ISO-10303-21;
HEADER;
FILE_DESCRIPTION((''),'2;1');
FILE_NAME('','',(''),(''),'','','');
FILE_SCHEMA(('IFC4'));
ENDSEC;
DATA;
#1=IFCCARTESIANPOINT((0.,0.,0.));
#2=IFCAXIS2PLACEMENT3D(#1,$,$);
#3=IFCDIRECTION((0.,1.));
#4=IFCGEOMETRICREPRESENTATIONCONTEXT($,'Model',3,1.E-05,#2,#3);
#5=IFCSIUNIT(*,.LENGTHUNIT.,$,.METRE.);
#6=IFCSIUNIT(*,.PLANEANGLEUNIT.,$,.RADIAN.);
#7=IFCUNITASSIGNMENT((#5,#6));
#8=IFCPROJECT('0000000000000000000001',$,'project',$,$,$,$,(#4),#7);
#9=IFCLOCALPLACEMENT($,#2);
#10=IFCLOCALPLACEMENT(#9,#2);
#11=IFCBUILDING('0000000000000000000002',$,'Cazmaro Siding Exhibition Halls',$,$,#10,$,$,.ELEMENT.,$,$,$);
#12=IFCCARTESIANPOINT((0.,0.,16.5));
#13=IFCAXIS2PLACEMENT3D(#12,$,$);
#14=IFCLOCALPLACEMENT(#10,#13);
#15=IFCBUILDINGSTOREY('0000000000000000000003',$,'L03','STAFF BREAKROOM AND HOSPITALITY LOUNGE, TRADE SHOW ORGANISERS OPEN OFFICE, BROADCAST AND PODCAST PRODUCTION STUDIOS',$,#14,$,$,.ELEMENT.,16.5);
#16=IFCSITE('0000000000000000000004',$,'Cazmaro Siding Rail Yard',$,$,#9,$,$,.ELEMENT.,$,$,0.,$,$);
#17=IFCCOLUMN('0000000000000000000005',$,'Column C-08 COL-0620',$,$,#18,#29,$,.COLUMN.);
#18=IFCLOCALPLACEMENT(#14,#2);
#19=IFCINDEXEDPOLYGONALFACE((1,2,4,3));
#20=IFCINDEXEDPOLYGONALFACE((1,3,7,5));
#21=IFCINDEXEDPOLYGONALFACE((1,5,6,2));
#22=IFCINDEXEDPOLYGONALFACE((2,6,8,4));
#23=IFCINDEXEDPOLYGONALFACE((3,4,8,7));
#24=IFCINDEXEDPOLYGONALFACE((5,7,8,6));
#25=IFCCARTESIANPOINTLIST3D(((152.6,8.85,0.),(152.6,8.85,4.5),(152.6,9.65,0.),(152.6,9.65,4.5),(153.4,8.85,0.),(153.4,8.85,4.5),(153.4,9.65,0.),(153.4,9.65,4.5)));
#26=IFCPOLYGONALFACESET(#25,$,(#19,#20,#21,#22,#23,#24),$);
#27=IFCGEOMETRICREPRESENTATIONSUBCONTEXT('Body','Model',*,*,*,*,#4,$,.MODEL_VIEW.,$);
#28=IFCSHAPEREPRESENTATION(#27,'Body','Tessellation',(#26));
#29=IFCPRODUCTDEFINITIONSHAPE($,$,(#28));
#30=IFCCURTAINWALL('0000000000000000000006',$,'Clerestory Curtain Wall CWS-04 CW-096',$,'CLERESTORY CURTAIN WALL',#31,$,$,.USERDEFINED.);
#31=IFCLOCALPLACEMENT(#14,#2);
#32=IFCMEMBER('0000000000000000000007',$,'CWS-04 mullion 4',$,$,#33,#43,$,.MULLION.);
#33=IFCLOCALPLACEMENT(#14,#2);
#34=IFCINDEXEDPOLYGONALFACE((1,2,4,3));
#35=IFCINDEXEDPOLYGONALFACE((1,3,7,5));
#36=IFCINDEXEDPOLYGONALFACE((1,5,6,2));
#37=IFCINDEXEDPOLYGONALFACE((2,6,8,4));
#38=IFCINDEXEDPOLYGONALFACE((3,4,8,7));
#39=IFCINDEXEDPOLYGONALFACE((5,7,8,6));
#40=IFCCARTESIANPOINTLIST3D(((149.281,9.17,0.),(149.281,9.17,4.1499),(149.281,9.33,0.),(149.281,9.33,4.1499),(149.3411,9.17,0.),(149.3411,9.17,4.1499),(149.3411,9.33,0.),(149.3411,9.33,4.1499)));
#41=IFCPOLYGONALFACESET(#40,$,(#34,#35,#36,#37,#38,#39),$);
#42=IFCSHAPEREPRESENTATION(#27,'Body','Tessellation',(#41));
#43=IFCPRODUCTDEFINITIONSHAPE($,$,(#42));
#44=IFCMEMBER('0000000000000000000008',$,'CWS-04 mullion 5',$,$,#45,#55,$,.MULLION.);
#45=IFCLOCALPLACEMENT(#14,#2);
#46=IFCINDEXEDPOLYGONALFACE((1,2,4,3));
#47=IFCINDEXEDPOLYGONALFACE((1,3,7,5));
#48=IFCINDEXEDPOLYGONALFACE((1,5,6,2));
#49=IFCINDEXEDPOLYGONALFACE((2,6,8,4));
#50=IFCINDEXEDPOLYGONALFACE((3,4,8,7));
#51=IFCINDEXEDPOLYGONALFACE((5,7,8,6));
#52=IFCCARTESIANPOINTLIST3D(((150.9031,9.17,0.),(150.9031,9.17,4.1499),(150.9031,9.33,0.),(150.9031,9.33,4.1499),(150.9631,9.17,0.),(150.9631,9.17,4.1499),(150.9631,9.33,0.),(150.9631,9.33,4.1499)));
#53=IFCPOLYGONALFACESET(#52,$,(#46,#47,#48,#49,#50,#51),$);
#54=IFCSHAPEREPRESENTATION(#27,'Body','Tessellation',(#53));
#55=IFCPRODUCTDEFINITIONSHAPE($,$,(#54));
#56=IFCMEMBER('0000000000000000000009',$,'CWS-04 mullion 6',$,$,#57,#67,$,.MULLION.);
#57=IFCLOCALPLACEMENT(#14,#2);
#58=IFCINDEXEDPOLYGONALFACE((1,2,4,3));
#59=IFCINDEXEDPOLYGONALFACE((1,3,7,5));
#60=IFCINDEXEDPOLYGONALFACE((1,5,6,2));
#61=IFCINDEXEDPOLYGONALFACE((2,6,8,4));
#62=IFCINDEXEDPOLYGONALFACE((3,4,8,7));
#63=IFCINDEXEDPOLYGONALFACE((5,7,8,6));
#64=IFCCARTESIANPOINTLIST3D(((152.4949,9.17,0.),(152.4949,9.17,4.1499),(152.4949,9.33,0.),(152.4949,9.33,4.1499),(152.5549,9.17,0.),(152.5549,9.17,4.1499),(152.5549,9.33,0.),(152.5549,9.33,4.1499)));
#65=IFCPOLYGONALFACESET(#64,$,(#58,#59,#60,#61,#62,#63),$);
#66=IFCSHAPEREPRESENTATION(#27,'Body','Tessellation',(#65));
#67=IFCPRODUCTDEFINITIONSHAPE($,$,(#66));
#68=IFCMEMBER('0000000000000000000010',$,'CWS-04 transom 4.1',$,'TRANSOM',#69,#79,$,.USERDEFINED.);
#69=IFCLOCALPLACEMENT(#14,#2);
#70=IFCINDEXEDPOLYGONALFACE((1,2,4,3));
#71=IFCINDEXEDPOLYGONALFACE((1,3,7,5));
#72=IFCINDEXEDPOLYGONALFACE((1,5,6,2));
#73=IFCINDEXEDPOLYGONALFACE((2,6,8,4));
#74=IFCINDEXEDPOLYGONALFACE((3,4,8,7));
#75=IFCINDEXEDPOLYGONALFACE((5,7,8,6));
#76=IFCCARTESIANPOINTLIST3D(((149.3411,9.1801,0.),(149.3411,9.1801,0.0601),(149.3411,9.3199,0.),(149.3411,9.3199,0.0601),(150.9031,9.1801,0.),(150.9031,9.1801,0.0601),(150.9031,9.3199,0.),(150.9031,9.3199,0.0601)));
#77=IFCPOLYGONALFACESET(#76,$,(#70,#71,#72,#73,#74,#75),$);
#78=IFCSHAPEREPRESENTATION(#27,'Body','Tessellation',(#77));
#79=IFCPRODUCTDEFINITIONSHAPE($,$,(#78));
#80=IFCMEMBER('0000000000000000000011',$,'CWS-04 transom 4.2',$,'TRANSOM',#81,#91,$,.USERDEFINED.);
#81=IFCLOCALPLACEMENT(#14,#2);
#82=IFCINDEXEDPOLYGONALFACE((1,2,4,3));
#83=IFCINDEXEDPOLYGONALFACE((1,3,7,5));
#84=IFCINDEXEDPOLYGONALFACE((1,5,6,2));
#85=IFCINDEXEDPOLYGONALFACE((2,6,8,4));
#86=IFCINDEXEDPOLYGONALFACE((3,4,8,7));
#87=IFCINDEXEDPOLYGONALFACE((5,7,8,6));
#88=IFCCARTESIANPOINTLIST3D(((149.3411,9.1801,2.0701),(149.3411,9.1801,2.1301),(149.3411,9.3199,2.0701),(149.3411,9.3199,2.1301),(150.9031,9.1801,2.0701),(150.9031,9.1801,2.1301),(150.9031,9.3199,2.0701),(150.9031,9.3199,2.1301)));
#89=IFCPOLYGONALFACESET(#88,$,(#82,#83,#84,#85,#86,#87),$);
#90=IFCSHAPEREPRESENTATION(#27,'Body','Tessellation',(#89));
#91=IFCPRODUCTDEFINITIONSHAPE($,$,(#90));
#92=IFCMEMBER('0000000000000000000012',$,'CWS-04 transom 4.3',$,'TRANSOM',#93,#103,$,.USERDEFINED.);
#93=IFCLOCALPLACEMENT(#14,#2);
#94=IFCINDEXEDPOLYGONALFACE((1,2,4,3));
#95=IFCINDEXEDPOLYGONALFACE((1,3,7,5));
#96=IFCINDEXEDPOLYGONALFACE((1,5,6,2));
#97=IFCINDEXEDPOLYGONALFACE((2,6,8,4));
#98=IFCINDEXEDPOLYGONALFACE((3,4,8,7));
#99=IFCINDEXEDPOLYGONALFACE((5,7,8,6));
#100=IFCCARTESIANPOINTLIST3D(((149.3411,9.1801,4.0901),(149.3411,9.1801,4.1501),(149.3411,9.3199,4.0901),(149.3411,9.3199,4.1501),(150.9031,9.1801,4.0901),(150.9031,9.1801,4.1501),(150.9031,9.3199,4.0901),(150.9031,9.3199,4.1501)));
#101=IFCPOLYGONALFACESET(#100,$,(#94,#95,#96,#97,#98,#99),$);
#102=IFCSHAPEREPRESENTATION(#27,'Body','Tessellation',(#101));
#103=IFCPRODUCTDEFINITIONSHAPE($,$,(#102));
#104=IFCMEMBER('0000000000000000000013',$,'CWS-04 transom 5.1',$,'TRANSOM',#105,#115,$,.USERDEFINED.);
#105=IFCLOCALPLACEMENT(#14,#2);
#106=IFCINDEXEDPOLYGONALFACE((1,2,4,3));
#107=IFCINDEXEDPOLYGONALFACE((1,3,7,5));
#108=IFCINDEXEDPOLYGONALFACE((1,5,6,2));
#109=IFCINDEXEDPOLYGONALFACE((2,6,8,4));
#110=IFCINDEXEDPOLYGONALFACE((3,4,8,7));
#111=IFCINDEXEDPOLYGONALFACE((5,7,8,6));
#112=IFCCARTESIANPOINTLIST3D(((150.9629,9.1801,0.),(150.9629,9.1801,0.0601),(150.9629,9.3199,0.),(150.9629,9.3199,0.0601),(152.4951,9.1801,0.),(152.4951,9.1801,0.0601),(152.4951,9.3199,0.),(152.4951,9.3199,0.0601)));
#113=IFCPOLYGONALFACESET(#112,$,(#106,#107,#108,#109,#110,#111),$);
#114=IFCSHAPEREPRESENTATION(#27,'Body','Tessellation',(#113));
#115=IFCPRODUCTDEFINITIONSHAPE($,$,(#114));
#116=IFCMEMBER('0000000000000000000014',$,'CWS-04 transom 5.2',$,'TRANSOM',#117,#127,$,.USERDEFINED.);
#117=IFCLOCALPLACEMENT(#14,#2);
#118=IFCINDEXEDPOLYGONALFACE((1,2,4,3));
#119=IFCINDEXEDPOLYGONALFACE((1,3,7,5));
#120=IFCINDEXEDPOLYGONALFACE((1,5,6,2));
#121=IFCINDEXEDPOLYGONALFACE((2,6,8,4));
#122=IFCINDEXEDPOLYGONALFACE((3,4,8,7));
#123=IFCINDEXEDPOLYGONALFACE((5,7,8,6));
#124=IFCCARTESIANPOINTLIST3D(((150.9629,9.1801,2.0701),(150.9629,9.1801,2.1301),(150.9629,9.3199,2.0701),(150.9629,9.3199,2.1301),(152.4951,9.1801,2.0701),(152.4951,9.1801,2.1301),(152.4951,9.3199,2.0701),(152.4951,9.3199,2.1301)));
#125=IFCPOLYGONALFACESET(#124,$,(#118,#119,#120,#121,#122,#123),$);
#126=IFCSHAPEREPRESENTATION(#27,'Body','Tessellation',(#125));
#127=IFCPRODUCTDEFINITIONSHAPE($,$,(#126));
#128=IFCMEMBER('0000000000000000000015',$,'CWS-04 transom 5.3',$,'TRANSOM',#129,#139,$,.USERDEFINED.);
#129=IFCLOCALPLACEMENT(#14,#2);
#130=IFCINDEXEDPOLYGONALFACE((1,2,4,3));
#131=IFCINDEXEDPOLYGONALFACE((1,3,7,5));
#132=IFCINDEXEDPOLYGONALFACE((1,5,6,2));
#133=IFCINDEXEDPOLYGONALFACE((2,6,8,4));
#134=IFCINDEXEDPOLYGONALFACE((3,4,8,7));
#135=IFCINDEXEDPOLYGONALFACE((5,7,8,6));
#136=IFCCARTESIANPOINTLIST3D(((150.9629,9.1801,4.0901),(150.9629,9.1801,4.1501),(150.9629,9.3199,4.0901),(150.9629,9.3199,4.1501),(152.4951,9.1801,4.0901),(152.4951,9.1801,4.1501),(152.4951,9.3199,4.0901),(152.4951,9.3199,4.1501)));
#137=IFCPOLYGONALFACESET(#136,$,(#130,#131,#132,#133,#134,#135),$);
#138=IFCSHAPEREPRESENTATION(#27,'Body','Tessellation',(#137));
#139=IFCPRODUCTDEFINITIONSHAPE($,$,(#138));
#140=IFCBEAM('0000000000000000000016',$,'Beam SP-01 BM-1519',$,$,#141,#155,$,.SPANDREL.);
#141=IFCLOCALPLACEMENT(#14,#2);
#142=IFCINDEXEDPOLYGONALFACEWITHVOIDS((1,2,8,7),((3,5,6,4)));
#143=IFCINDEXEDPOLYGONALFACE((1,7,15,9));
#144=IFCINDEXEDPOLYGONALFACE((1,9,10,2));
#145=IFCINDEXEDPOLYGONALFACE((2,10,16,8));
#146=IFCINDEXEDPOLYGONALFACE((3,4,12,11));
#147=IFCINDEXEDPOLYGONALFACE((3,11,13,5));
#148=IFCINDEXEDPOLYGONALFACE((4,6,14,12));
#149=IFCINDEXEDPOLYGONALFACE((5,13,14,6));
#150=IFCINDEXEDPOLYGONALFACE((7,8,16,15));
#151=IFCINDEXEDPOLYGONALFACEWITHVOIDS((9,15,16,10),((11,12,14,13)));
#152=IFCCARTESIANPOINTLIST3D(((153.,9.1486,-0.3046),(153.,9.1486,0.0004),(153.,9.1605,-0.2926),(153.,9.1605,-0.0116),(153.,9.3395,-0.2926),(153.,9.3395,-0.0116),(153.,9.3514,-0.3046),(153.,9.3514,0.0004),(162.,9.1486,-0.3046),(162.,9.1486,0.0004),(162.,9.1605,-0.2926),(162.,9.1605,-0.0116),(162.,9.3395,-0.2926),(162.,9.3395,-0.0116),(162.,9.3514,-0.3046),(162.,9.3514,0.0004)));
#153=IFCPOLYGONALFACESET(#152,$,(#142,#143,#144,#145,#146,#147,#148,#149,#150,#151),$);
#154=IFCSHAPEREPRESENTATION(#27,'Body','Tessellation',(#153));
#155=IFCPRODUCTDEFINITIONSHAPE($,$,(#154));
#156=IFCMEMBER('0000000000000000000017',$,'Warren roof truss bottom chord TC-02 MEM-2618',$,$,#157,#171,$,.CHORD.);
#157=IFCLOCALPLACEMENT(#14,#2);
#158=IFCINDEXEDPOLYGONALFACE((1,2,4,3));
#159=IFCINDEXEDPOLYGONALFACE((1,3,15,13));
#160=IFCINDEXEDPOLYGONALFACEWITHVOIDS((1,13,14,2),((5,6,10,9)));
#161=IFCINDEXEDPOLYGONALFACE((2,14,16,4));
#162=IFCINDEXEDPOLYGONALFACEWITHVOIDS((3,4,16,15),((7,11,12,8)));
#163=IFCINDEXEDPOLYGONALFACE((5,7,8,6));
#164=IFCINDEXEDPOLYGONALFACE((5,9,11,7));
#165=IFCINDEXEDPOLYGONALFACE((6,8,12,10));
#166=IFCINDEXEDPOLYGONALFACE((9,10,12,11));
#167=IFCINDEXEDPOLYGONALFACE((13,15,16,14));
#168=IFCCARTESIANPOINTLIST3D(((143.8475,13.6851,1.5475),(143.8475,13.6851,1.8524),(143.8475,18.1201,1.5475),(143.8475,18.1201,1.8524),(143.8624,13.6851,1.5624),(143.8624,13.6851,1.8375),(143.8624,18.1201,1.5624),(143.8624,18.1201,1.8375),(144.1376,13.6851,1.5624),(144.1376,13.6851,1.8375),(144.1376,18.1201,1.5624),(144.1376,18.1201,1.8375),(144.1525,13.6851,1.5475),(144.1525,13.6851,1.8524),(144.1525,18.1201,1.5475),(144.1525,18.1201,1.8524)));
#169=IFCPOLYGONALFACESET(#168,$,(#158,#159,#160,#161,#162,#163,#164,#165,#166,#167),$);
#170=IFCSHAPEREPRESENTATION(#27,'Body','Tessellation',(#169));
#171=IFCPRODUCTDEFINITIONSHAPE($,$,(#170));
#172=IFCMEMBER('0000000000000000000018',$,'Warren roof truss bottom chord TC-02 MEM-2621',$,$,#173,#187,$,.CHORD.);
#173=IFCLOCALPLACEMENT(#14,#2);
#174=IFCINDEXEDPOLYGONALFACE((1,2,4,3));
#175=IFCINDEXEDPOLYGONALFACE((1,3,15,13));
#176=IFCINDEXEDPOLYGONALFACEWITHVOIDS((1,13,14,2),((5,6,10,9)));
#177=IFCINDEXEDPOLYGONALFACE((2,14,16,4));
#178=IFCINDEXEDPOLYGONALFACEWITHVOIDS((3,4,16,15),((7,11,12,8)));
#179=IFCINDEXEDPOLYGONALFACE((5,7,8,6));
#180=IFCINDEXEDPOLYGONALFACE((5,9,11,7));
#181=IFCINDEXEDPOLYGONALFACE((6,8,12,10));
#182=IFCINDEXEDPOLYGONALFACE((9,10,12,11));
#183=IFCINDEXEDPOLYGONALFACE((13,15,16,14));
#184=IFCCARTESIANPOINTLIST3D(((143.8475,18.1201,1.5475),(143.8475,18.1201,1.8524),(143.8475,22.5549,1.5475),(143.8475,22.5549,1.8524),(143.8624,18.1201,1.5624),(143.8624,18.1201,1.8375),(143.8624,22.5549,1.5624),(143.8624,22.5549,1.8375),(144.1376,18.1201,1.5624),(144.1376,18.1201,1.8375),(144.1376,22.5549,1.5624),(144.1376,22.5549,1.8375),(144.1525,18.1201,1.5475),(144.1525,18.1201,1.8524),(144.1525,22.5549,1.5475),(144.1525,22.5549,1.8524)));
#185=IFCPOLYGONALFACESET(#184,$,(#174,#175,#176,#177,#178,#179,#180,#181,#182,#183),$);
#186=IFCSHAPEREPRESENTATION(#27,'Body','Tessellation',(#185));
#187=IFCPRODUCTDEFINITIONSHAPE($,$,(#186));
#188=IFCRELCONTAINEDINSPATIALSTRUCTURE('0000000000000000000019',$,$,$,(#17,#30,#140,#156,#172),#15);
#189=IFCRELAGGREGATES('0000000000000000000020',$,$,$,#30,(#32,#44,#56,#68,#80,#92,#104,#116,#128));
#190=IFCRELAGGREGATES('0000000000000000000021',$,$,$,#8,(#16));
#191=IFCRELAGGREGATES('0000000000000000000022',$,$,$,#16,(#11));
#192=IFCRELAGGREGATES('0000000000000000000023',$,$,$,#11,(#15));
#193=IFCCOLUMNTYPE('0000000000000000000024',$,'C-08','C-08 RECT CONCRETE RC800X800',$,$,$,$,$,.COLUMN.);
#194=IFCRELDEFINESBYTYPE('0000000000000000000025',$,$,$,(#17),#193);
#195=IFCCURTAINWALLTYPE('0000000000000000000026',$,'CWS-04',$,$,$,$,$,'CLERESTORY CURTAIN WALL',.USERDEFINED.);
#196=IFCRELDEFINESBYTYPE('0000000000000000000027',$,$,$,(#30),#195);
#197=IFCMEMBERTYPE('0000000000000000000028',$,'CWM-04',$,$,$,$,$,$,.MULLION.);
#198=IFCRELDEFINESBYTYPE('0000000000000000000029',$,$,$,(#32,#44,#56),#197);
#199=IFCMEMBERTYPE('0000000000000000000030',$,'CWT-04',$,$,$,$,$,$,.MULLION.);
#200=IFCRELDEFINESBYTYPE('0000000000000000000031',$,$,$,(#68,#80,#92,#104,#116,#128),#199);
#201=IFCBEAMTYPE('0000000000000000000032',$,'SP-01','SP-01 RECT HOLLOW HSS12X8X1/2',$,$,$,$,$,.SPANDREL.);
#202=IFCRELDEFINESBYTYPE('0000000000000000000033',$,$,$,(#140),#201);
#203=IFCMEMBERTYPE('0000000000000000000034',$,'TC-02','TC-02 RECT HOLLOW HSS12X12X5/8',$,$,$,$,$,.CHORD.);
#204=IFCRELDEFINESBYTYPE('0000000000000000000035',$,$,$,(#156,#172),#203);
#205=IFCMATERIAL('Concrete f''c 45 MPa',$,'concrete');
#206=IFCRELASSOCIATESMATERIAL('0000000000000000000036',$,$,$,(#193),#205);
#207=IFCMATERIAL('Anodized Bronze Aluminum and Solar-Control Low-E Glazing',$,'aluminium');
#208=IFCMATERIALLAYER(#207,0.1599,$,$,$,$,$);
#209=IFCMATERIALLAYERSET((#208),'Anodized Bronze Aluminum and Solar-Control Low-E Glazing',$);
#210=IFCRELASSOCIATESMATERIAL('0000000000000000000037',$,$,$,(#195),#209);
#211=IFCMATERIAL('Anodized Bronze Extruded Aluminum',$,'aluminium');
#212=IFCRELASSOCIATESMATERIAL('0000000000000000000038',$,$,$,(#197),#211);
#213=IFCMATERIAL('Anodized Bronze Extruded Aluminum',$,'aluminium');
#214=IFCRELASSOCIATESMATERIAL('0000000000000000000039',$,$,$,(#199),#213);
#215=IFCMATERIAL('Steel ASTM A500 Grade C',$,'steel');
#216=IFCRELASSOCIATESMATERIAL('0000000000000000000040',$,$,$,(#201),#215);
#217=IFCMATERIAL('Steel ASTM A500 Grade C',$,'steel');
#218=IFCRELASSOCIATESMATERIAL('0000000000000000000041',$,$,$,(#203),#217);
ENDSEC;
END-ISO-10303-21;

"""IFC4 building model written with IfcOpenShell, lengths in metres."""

from ifc_helpers import new_model, si_unit, direction, frame, origin, origin_2d, place, context, subcontext, project, spatial, rectangle, hollow_rectangle, extrude, material, layer, layer_set, material_profile, profile_set, type_object, element, aggregate, save


model = new_model("IFC4")

# Units and contexts
model_context = context("Model", 3, precision=1e-05, world=origin(), true_north=direction((0.0, 1.0)))
body_context = subcontext(model_context, "Body", "Model", "MODEL_VIEW")
ifc_project = project(units=[si_unit("LENGTHUNIT", "METRE"), si_unit("PLANEANGLEUNIT", "RADIAN")], contexts=[model_context])

# Site, building, storey
site_placement = place(None, origin())
site = spatial("IfcSite", under=ifc_project, at=site_placement, Name="Cazmaro Siding Rail Yard", CompositionType="ELEMENT", RefElevation=0.0)
building_placement = place(site_placement, origin())
building = spatial("IfcBuilding", under=site, at=building_placement, Name="Cazmaro Siding Exhibition Halls", CompositionType="ELEMENT")
storey_placement = place(building_placement, frame((0.0, 0.0, 16.5)))
storey = spatial("IfcBuildingStorey", under=building, at=storey_placement, Name="L03", Description="STAFF BREAKROOM AND HOSPITALITY LOUNGE, TRADE SHOW ORGANISERS OPEN OFFICE, BROADCAST AND PODCAST PRODUCTION STUDIOS", CompositionType="ELEMENT", Elevation=16.5)

# Column
ifc_material_1 = material(Name="Concrete f'c 45 MPa", Category="concrete")
ifc_material_profile_1 = material_profile(ifc_material_1, rectangle(XDim=0.8, YDim=0.8, at=origin_2d()), Name="RC800X800")
ifc_profile_set_1 = profile_set([ifc_material_profile_1], Name="Concrete f'c 45 MPa")
column_type = type_object("IfcColumnType", Name="C-08", Description="C-08 RECT CONCRETE RC800X800", PredefinedType="COLUMN", material=ifc_profile_set_1)
column_placement = place(storey_placement, frame((153.0, 9.25, 0.0), z_axis=(0.0, 0.0, 1.0), x_axis=(1.0, 0.0, 0.0)))
element("IfcColumn", 1, at=column_placement, inside=storey, type_object=column_type, Name="Column C-08 COL-0620", PredefinedType="COLUMN", context=body_context, shape_type="SweptSolid", body=[
    extrude(rectangle(XDim=0.8, YDim=0.8, at=origin_2d()), origin(), (0.0, 0.0, 1.0), 4.5),
])

# Curtain wall, members
ifc_material_2 = material(Name="Anodized Bronze Aluminum and Solar-Control Low-E Glazing", Category="aluminium")
ifc_layer_1 = layer(ifc_material_2, 0.1599)
ifc_layer_set_1 = layer_set([ifc_layer_1], Name="Anodized Bronze Aluminum and Solar-Control Low-E Glazing")
curtain_wall_type = type_object("IfcCurtainWallType", Name="CWS-04", ElementType="CLERESTORY CURTAIN WALL", PredefinedType="USERDEFINED", material=ifc_layer_set_1)
curtain_wall_placement = place(storey_placement, origin())
curtain_wall = element("IfcCurtainWall", 2, at=curtain_wall_placement, inside=storey, type_object=curtain_wall_type, Name="Clerestory Curtain Wall CWS-04 CW-096", ObjectType="CLERESTORY CURTAIN WALL", PredefinedType="USERDEFINED")
ifc_material_3 = material(Name="Anodized Bronze Extruded Aluminum", Category="aluminium")
ifc_material_profile_2 = material_profile(ifc_material_3, rectangle(XDim=0.1599, YDim=0.0601, at=origin_2d()), Name="CWM-04")
ifc_profile_set_2 = profile_set([ifc_material_profile_2], Name="Anodized Bronze Extruded Aluminum")
member_type_1 = type_object("IfcMemberType", Name="CWM-04", PredefinedType="MULLION", material=ifc_profile_set_2)
member_1_placement = place(storey_placement, frame((149.311, 9.25, 0.0), z_axis=(0.0, 0.0, 1.0), x_axis=(0.0, 1.0, 0.0)))
member_1 = element("IfcMember", 3, at=member_1_placement, type_object=member_type_1, Name="CWS-04 mullion 4", PredefinedType="MULLION", context=body_context, shape_type="SweptSolid", body=[
    extrude(rectangle(XDim=0.1599, YDim=0.0601, at=origin_2d()), origin(), (0.0, 0.0, 1.0), 4.1499),
])
member_2_placement = place(storey_placement, frame((150.9331, 9.25, 0.0), z_axis=(0.0, 0.0, 1.0), x_axis=(0.0, 1.0, 0.0)))
member_2 = element("IfcMember", 4, at=member_2_placement, type_object=member_type_1, Name="CWS-04 mullion 5", PredefinedType="MULLION", context=body_context, shape_type="SweptSolid", body=[
    extrude(rectangle(XDim=0.1599, YDim=0.0601, at=origin_2d()), origin(), (0.0, 0.0, 1.0), 4.1499),
])
member_3_placement = place(storey_placement, frame((152.5249, 9.25, 0.0), z_axis=(0.0, 0.0, 1.0), x_axis=(0.0, 1.0, 0.0)))
member_3 = element("IfcMember", 5, at=member_3_placement, type_object=member_type_1, Name="CWS-04 mullion 6", PredefinedType="MULLION", context=body_context, shape_type="SweptSolid", body=[
    extrude(rectangle(XDim=0.1599, YDim=0.0601, at=origin_2d()), origin(), (0.0, 0.0, 1.0), 4.1499),
])
ifc_material_4 = material(Name="Anodized Bronze Extruded Aluminum", Category="aluminium")
ifc_material_profile_3 = material_profile(ifc_material_4, rectangle(XDim=0.1399, YDim=0.0601, at=origin_2d()), Name="CWT-04")
ifc_profile_set_3 = profile_set([ifc_material_profile_3], Name="Anodized Bronze Extruded Aluminum")
member_type_2 = type_object("IfcMemberType", Name="CWT-04", PredefinedType="MULLION", material=ifc_profile_set_3)
member_4_placement = place(storey_placement, frame((149.3411, 9.25, 0.03), z_axis=(1.0, 0.0, 0.0), x_axis=(0.0, 1.0, 0.0)))
member_4 = element("IfcMember", 6, at=member_4_placement, type_object=member_type_2, Name="CWS-04 transom 4.1", ObjectType="TRANSOM", PredefinedType="USERDEFINED", context=body_context, shape_type="SweptSolid", body=[
    extrude(rectangle(XDim=0.1399, YDim=0.0601, at=origin_2d()), origin(), (0.0, 0.0, 1.0), 1.562),
])
member_5_placement = place(storey_placement, frame((149.3411, 9.25, 2.1001), z_axis=(1.0, 0.0, 0.0), x_axis=(0.0, 1.0, 0.0)))
member_5 = element("IfcMember", 7, at=member_5_placement, type_object=member_type_2, Name="CWS-04 transom 4.2", ObjectType="TRANSOM", PredefinedType="USERDEFINED", context=body_context, shape_type="SweptSolid", body=[
    extrude(rectangle(XDim=0.1399, YDim=0.0601, at=origin_2d()), origin(), (0.0, 0.0, 1.0), 1.562),
])
member_6_placement = place(storey_placement, frame((149.3411, 9.25, 4.1201), z_axis=(1.0, 0.0, 0.0), x_axis=(0.0, 1.0, 0.0)))
member_6 = element("IfcMember", 8, at=member_6_placement, type_object=member_type_2, Name="CWS-04 transom 4.3", ObjectType="TRANSOM", PredefinedType="USERDEFINED", context=body_context, shape_type="SweptSolid", body=[
    extrude(rectangle(XDim=0.1399, YDim=0.0601, at=origin_2d()), origin(), (0.0, 0.0, 1.0), 1.562),
])
member_7_placement = place(storey_placement, frame((150.9629, 9.25, 0.03), z_axis=(1.0, 0.0, 0.0), x_axis=(0.0, 1.0, 0.0)))
member_7 = element("IfcMember", 9, at=member_7_placement, type_object=member_type_2, Name="CWS-04 transom 5.1", ObjectType="TRANSOM", PredefinedType="USERDEFINED", context=body_context, shape_type="SweptSolid", body=[
    extrude(rectangle(XDim=0.1399, YDim=0.0601, at=origin_2d()), origin(), (0.0, 0.0, 1.0), 1.5322),
])
member_8_placement = place(storey_placement, frame((150.9629, 9.25, 2.1001), z_axis=(1.0, 0.0, 0.0), x_axis=(0.0, 1.0, 0.0)))
member_8 = element("IfcMember", 10, at=member_8_placement, type_object=member_type_2, Name="CWS-04 transom 5.2", ObjectType="TRANSOM", PredefinedType="USERDEFINED", context=body_context, shape_type="SweptSolid", body=[
    extrude(rectangle(XDim=0.1399, YDim=0.0601, at=origin_2d()), origin(), (0.0, 0.0, 1.0), 1.5322),
])
member_9_placement = place(storey_placement, frame((150.9629, 9.25, 4.1201), z_axis=(1.0, 0.0, 0.0), x_axis=(0.0, 1.0, 0.0)))
member_9 = element("IfcMember", 11, at=member_9_placement, type_object=member_type_2, Name="CWS-04 transom 5.3", ObjectType="TRANSOM", PredefinedType="USERDEFINED", context=body_context, shape_type="SweptSolid", body=[
    extrude(rectangle(XDim=0.1399, YDim=0.0601, at=origin_2d()), origin(), (0.0, 0.0, 1.0), 1.5322),
])

# Beam
ifc_material_5 = material(Name="Steel ASTM A500 Grade C", Category="steel")
ifc_material_profile_4 = material_profile(ifc_material_5, hollow_rectangle(XDim=0.2029, YDim=0.3049, WallThickness=0.012, at=origin_2d()), Name="HSS12X8X1/2")
ifc_profile_set_4 = profile_set([ifc_material_profile_4], Name="Steel ASTM A500 Grade C")
beam_type = type_object("IfcBeamType", Name="SP-01", Description="SP-01 RECT HOLLOW HSS12X8X1/2", PredefinedType="SPANDREL", material=ifc_profile_set_4)
beam_placement = place(storey_placement, frame((153.0, 9.25, -0.1521), z_axis=(1.0, 0.0, 0.0), x_axis=(0.0, 1.0, 0.0)))
element("IfcBeam", 12, at=beam_placement, inside=storey, type_object=beam_type, Name="Beam SP-01 BM-1519", PredefinedType="SPANDREL", context=body_context, shape_type="SweptSolid", body=[
    extrude(hollow_rectangle(XDim=0.2029, YDim=0.3049, WallThickness=0.012, at=origin_2d()), origin(), (0.0, 0.0, 1.0), 9.0),
])

# Members
ifc_material_6 = material(Name="Steel ASTM A500 Grade C", Category="steel")
ifc_material_profile_5 = material_profile(ifc_material_6, hollow_rectangle(XDim=0.3049, YDim=0.3049, WallThickness=0.0149, at=origin_2d()), Name="HSS12X12X5/8")
ifc_profile_set_5 = profile_set([ifc_material_profile_5], Name="Steel ASTM A500 Grade C")
member_type_3 = type_object("IfcMemberType", Name="TC-02", Description="TC-02 RECT HOLLOW HSS12X12X5/8", PredefinedType="CHORD", material=ifc_profile_set_5)
member_10_placement = place(storey_placement, frame((144.0, 13.6851, 1.7), z_axis=(0.0, 1.0, 0.0), x_axis=(-1.0, 0.0, 0.0)))
element("IfcMember", 13, at=member_10_placement, inside=storey, type_object=member_type_3, Name="Warren roof truss bottom chord TC-02 MEM-2618", PredefinedType="CHORD", context=body_context, shape_type="SweptSolid", body=[
    extrude(hollow_rectangle(XDim=0.3049, YDim=0.3049, WallThickness=0.0149, at=origin_2d()), origin(), (0.0, 0.0, 1.0), 4.4351),
])
member_11_placement = place(storey_placement, frame((144.0, 18.1201, 1.7), z_axis=(0.0, 1.0, 0.0), x_axis=(-1.0, 0.0, 0.0)))
element("IfcMember", 14, at=member_11_placement, inside=storey, type_object=member_type_3, Name="Warren roof truss bottom chord TC-02 MEM-2621", PredefinedType="CHORD", context=body_context, shape_type="SweptSolid", body=[
    extrude(hollow_rectangle(XDim=0.3049, YDim=0.3049, WallThickness=0.0149, at=origin_2d()), origin(), (0.0, 0.0, 1.0), 4.4348),
])

aggregate(curtain_wall, [member_1, member_2, member_3, member_4, member_5, member_6, member_7, member_8, member_9])

save(model, "model.ifc")
